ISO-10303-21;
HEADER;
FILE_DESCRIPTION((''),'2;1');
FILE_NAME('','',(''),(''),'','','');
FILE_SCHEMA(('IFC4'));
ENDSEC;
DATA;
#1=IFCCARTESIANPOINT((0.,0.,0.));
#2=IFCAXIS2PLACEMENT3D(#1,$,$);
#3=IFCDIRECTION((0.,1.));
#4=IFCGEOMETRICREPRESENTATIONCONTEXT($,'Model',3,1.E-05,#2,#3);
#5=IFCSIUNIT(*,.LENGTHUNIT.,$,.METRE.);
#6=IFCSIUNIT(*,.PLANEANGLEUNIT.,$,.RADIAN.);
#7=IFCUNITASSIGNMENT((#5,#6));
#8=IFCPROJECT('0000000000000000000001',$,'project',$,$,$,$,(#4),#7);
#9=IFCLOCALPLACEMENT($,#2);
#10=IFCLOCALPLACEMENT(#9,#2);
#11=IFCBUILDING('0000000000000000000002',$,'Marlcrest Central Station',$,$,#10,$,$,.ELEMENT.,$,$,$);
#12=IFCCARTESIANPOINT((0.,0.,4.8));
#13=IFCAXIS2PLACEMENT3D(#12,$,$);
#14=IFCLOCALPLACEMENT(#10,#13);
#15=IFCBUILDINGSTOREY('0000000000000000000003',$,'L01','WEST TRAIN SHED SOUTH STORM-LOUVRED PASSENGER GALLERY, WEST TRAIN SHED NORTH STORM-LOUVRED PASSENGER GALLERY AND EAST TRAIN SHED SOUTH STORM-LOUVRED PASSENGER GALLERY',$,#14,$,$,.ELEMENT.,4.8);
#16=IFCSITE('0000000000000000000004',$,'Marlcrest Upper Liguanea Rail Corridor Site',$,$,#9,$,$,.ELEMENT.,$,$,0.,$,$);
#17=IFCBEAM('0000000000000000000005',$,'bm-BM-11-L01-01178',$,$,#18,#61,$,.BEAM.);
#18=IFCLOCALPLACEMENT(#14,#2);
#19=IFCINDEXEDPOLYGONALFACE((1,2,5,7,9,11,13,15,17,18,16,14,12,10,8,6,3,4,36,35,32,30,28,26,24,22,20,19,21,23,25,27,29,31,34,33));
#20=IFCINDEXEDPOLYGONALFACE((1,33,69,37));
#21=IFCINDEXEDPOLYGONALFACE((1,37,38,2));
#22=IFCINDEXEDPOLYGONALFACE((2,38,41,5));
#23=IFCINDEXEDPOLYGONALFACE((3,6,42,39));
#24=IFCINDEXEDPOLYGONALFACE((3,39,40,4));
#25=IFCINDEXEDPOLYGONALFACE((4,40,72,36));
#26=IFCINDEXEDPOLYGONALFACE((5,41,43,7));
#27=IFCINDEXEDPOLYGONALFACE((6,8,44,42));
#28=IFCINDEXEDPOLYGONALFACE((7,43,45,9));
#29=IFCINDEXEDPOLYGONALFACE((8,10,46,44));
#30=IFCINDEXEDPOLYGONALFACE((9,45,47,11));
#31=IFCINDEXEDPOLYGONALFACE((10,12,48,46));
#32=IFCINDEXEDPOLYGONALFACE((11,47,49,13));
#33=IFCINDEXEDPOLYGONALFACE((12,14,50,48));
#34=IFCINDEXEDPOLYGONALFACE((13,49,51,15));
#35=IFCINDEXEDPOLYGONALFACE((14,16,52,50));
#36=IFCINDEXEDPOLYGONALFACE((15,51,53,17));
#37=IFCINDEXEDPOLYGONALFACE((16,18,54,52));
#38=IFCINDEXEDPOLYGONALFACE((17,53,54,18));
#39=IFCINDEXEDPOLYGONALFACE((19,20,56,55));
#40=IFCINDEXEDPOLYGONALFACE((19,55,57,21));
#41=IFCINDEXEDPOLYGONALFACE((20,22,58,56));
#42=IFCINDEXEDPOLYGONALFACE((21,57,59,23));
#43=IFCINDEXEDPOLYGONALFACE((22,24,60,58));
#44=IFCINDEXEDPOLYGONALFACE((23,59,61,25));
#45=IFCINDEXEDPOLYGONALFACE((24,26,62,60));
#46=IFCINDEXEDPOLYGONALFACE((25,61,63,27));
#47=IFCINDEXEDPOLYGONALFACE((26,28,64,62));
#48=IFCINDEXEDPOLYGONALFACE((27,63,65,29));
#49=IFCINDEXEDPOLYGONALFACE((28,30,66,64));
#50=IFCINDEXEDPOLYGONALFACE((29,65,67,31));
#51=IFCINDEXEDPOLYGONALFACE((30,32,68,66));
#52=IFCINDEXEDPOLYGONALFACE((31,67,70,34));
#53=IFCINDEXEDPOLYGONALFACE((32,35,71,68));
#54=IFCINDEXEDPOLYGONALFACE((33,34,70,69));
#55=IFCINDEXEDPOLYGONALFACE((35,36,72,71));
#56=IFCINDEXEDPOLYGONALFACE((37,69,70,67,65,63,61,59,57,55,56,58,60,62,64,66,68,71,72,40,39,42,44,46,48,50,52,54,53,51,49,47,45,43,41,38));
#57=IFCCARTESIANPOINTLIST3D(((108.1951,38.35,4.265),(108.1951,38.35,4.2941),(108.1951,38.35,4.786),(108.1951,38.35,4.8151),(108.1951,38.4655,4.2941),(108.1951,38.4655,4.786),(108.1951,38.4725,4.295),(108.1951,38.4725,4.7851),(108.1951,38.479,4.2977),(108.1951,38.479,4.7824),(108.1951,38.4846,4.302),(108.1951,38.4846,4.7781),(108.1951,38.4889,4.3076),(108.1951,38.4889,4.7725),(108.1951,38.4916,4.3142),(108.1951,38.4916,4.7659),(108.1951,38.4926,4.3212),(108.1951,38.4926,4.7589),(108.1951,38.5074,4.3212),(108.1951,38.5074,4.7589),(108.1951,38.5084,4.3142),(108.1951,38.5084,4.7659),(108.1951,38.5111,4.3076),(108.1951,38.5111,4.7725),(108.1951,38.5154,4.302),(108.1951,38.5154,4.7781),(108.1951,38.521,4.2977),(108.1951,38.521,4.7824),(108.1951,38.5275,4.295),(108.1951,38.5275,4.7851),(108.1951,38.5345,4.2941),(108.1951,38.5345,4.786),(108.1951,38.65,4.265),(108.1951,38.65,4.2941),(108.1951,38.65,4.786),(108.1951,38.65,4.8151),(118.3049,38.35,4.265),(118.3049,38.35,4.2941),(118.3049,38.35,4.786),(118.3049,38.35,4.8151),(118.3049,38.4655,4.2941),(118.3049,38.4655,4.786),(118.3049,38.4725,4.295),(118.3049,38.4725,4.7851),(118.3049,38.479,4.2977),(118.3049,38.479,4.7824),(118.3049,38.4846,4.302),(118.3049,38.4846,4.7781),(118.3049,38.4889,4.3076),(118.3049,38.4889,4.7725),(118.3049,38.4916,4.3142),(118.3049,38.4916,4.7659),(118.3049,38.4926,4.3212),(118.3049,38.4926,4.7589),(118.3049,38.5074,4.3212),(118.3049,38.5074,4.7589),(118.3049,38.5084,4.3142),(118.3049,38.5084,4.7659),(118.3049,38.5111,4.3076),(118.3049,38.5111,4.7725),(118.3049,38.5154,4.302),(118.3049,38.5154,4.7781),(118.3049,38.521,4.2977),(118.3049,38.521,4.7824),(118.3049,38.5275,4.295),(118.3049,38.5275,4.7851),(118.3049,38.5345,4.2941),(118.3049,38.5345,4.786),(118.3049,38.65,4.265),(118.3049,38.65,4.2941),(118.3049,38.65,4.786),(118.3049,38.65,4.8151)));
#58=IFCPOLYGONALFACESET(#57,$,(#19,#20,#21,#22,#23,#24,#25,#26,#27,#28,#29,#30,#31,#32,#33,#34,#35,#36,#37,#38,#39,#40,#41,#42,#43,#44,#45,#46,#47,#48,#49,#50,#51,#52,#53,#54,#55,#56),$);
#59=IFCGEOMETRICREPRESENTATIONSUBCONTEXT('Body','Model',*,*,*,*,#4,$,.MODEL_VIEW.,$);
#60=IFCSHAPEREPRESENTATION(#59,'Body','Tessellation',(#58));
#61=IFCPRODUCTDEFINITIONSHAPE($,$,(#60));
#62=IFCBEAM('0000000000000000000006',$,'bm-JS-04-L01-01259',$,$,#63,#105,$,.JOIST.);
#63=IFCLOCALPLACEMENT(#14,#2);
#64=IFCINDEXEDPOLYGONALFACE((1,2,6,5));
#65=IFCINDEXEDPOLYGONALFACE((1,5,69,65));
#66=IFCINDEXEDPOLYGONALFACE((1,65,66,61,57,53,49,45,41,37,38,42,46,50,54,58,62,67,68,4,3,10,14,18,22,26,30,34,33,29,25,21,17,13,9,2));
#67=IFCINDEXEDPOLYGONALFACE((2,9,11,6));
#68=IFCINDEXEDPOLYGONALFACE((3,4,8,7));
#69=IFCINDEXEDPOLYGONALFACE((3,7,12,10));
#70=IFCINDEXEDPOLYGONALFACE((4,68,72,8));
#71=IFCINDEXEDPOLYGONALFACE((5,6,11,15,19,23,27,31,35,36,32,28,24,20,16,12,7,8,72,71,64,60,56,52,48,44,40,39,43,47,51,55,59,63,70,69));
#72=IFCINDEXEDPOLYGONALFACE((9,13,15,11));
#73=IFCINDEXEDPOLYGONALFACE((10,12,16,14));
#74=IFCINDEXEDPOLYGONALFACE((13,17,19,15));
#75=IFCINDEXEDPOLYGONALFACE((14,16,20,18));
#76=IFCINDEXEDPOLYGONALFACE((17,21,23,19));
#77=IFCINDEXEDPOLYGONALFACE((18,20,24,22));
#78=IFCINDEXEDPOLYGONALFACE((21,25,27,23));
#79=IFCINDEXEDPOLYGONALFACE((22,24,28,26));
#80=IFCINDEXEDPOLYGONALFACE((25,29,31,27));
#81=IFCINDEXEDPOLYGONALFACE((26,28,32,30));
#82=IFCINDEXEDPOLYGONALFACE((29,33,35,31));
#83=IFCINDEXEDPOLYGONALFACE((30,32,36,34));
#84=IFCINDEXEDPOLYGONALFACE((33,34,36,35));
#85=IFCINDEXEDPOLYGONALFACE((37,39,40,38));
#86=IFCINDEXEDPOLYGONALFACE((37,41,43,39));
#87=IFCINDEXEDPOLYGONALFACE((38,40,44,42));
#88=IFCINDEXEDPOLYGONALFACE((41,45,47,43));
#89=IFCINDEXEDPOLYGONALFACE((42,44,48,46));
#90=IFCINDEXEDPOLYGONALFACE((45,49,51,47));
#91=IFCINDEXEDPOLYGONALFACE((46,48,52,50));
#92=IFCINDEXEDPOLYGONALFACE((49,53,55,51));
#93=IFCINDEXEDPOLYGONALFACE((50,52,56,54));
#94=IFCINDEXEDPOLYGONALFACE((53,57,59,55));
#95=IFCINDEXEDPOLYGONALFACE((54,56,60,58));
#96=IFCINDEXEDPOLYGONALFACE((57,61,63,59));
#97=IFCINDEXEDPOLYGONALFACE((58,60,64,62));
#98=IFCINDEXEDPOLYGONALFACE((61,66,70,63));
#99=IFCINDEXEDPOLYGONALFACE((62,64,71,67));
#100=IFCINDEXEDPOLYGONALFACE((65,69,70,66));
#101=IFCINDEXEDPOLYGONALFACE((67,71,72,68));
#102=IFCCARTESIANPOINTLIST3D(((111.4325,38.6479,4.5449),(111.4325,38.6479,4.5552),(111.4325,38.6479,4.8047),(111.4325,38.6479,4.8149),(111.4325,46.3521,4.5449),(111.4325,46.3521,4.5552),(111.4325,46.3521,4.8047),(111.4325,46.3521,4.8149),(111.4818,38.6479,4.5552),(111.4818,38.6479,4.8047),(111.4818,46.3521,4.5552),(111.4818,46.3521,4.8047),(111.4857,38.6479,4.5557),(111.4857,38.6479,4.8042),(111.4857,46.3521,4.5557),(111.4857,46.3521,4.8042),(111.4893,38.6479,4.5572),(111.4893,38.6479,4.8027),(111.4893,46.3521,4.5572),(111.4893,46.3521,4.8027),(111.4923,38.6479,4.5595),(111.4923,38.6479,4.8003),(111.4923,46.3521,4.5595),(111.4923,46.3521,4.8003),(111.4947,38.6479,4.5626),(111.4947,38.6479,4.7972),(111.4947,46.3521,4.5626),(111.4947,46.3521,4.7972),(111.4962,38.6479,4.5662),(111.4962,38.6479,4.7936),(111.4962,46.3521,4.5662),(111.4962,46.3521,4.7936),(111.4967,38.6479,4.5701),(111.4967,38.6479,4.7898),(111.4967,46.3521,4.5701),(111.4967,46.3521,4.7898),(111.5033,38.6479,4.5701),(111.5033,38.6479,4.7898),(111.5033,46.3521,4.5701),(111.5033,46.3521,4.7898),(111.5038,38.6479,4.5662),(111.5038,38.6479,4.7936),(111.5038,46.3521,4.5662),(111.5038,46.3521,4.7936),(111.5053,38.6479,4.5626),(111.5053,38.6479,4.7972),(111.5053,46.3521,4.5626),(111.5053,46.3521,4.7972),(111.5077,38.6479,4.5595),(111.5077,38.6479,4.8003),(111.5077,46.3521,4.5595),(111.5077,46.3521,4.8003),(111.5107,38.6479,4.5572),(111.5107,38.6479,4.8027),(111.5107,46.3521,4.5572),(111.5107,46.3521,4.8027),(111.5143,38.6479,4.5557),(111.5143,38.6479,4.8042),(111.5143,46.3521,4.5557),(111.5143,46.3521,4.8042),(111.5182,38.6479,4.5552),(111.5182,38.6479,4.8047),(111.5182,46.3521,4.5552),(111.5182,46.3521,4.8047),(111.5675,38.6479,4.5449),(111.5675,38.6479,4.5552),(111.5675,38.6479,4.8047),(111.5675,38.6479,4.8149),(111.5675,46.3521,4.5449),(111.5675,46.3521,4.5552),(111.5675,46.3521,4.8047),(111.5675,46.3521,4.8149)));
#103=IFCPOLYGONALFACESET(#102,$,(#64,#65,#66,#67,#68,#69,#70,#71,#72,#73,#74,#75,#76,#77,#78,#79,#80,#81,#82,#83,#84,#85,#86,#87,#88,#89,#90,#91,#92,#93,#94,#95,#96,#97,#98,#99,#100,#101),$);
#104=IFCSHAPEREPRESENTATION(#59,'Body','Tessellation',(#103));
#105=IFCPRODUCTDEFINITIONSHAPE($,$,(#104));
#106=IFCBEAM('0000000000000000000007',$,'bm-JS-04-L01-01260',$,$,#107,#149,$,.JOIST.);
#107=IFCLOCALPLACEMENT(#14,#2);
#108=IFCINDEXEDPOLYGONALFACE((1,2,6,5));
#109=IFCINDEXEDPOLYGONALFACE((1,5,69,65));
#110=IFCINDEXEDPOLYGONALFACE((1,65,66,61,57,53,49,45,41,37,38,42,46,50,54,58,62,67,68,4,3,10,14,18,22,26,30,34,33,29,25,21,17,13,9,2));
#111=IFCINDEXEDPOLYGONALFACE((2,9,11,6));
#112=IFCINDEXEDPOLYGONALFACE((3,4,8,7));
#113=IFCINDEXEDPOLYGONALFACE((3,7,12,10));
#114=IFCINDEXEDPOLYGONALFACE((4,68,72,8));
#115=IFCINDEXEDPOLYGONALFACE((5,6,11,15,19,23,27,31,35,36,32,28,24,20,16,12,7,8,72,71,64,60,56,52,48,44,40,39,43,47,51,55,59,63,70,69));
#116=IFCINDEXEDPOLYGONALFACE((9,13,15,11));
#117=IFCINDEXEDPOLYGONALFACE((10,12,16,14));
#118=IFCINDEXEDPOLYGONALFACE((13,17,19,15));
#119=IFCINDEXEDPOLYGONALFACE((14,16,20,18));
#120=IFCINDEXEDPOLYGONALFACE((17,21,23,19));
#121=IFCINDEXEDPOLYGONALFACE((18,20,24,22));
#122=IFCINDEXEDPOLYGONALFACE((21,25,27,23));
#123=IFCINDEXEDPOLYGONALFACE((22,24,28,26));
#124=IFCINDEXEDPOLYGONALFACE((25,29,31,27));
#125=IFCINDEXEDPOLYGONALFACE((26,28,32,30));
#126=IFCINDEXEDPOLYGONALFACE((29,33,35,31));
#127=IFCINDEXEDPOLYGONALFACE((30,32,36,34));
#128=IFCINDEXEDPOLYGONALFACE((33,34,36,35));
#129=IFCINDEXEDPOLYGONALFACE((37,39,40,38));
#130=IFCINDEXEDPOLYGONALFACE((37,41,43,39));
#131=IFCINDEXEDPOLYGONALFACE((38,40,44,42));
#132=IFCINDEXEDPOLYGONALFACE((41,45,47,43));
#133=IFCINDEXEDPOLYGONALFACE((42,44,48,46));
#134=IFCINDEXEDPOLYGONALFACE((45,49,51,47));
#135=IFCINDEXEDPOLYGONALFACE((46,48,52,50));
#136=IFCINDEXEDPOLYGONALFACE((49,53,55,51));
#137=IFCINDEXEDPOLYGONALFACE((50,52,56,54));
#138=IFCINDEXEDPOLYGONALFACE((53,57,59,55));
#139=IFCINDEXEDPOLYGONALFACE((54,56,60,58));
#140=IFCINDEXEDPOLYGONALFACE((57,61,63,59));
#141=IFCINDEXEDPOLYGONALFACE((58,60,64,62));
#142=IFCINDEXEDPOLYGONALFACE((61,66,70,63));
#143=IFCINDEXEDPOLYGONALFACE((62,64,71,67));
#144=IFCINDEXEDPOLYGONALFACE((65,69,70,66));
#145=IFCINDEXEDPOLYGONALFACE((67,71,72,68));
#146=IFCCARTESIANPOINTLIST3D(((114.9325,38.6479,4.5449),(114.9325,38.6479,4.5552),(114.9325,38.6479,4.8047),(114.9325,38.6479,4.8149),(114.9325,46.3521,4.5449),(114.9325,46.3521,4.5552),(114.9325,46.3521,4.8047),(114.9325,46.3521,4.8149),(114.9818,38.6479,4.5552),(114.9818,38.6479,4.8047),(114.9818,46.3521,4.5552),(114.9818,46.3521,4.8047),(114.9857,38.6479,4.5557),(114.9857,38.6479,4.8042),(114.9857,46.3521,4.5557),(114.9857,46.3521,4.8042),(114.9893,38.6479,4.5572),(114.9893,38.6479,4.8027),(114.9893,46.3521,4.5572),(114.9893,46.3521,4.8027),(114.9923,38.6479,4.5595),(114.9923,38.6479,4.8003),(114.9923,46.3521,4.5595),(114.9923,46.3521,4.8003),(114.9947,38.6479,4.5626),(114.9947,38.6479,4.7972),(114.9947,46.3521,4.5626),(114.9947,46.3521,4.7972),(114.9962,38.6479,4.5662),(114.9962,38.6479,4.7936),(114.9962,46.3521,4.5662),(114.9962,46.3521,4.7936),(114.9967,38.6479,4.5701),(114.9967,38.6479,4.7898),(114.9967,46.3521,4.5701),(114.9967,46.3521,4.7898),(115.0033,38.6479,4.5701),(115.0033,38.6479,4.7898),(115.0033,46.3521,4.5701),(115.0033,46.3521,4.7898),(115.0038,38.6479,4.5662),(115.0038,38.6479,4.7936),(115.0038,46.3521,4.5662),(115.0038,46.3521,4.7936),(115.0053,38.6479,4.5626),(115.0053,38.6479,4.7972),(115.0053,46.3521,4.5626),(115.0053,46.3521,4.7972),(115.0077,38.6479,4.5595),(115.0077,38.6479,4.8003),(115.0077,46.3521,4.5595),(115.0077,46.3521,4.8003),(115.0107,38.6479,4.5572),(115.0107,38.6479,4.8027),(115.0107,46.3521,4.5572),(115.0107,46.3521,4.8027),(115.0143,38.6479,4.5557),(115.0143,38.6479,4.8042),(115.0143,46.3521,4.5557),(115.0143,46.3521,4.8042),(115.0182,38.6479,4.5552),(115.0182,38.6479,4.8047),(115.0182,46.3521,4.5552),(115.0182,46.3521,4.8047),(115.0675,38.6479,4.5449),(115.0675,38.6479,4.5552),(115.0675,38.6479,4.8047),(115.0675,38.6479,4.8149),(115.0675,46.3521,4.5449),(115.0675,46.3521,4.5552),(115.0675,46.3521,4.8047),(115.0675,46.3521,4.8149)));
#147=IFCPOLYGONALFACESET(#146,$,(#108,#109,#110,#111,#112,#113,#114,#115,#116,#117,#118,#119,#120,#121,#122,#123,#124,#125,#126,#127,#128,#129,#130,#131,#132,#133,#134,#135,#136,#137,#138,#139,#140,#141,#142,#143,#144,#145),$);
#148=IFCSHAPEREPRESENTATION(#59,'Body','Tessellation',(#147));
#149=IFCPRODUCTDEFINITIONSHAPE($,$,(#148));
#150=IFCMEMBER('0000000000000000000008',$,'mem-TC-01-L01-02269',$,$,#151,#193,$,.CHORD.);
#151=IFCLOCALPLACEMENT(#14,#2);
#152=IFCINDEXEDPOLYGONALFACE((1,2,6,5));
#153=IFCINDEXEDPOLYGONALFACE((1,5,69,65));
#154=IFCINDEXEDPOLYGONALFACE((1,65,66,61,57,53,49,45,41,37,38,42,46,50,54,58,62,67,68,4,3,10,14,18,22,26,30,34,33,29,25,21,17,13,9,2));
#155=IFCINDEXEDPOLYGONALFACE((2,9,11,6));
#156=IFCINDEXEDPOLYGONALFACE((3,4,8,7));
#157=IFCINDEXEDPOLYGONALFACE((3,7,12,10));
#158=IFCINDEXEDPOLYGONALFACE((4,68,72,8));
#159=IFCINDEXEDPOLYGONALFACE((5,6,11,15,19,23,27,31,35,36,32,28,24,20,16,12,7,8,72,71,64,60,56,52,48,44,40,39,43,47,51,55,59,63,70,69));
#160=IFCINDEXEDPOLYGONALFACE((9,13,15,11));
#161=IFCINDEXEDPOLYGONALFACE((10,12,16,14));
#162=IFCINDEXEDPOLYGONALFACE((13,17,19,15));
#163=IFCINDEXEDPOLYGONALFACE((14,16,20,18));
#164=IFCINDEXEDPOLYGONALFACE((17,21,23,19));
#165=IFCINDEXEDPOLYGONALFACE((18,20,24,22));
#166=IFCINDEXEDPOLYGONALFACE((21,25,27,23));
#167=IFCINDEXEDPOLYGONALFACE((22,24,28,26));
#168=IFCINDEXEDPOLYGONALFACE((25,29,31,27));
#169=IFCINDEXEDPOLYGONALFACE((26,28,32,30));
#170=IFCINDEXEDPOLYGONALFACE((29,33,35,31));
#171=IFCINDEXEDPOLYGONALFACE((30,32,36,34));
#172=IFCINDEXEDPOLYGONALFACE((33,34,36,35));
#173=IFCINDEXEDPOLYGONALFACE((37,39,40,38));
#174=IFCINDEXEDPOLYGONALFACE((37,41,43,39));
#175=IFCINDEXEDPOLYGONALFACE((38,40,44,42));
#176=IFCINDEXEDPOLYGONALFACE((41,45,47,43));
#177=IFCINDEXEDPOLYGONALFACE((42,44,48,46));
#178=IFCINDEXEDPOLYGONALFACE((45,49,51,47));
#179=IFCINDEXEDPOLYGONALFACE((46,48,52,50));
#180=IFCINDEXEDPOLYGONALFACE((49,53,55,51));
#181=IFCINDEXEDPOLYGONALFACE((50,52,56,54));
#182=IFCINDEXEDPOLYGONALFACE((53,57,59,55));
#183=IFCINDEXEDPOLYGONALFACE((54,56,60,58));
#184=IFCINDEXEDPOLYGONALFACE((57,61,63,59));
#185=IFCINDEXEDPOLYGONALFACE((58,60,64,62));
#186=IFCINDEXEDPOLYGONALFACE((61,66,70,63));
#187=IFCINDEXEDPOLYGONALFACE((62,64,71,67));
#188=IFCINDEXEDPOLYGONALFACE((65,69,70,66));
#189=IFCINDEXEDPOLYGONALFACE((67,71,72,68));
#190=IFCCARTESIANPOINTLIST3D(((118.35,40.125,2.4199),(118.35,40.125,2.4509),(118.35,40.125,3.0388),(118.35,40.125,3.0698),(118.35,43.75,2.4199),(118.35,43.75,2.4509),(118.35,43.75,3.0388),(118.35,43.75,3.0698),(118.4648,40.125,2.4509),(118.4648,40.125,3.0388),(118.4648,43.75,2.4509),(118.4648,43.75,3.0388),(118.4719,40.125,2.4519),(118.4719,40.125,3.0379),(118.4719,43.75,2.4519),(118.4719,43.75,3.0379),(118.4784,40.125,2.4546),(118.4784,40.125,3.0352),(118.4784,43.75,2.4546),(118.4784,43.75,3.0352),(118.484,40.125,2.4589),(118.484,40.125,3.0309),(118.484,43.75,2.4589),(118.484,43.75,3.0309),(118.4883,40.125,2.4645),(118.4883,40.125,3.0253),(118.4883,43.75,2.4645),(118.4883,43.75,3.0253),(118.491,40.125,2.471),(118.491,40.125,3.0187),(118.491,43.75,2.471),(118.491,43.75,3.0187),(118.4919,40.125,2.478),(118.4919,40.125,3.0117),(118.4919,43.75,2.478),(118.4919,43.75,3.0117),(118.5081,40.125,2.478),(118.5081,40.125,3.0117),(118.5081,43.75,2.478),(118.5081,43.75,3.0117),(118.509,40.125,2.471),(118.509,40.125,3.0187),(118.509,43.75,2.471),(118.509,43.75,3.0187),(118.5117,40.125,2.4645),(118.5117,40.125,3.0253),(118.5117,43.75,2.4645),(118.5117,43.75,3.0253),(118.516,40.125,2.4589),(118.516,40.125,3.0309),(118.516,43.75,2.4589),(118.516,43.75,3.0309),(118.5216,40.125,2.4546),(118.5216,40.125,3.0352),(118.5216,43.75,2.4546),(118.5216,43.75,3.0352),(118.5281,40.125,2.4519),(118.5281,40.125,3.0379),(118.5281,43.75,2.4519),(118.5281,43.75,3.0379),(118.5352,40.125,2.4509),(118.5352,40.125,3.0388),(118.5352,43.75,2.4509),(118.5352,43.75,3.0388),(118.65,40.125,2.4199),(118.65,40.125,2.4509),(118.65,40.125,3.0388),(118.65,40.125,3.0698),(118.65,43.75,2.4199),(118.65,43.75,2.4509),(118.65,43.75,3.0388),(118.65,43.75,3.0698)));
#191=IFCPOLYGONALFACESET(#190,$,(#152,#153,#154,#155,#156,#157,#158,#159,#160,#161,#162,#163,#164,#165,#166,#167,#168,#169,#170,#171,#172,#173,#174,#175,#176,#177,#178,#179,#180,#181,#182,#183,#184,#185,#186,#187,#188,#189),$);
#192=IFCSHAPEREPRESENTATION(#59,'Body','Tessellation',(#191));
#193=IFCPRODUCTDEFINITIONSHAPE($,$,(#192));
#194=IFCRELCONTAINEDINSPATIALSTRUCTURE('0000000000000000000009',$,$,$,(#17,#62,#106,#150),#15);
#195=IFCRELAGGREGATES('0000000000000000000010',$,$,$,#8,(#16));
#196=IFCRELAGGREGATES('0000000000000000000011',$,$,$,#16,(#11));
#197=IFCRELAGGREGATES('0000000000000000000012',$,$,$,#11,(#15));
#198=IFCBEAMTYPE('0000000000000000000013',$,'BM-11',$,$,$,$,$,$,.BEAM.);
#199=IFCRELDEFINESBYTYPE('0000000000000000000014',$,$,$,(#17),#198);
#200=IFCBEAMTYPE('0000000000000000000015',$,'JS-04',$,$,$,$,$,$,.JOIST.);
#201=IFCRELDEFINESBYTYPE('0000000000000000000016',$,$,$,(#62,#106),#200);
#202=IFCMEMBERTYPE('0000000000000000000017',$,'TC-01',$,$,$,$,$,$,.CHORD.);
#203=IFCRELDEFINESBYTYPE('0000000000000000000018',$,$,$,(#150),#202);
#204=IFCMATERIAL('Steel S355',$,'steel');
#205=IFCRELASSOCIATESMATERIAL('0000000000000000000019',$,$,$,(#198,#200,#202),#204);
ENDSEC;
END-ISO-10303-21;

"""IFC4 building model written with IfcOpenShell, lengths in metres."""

from ifc_helpers import new_model, si_unit, direction, frame, origin, origin_2d, place, context, subcontext, project, spatial, i_section, extrude, material, material_profile, profile_set, type_object, element, save


model = new_model("IFC4")

# Units and contexts
model_context = context("Model", 3, precision=1e-05, world=origin(), true_north=direction((0.0, 1.0)))
body_context = subcontext(model_context, "Body", "Model", "MODEL_VIEW")
ifc_project = project(units=[si_unit("LENGTHUNIT", "METRE"), si_unit("PLANEANGLEUNIT", "RADIAN")], contexts=[model_context])

# Site, building, storey
site_placement = place(None, origin())
site = spatial("IfcSite", under=ifc_project, at=site_placement, Name="Marlcrest Upper Liguanea Rail Corridor Site", CompositionType="ELEMENT", RefElevation=0.0)
building_placement = place(site_placement, origin())
building = spatial("IfcBuilding", under=site, at=building_placement, Name="Marlcrest Central Station", CompositionType="ELEMENT")
storey_placement = place(building_placement, frame((0.0, 0.0, 4.8)))
storey = spatial("IfcBuildingStorey", under=building, at=storey_placement, Name="L01", Description="WEST TRAIN SHED SOUTH STORM-LOUVRED PASSENGER GALLERY, WEST TRAIN SHED NORTH STORM-LOUVRED PASSENGER GALLERY AND EAST TRAIN SHED SOUTH STORM-LOUVRED PASSENGER GALLERY", CompositionType="ELEMENT", Elevation=4.8)

# Beams
ifc_material = material(Name="Steel S355", Category="steel")
ifc_material_profile_1 = material_profile(ifc_material, i_section(OverallWidth=0.3, OverallDepth=0.55, WebThickness=0.0149, FlangeThickness=0.0291, FilletRadius=0.0271, at=origin_2d()), Name="HEB 550")
ifc_profile_set_1 = profile_set([ifc_material_profile_1], Name="Steel S355")
beam_type_1 = type_object("IfcBeamType", Name="BM-11", PredefinedType="BEAM", material=ifc_profile_set_1)
beam_1_placement = place(storey_placement, frame((108.1951, 38.5, 4.54), z_axis=(1.0, 0.0, 0.0), x_axis=(0.0, 1.0, 0.0)))
element("IfcBeam", 1, at=beam_1_placement, inside=storey, type_object=beam_type_1, Name="bm-BM-11-L01-01178", PredefinedType="BEAM", context=body_context, shape_type="SweptSolid", body=[
    extrude(i_section(OverallWidth=0.3, OverallDepth=0.55, WebThickness=0.0149, FlangeThickness=0.0291, FilletRadius=0.0271, at=origin_2d()), origin(), (0.0, 0.0, 1.0), 10.1099),
])
ifc_material_profile_2 = material_profile(ifc_material, i_section(OverallWidth=0.135, OverallDepth=0.27, WebThickness=0.0066, FlangeThickness=0.0103, FilletRadius=0.0149, at=origin_2d()), Name="IPE 270")
ifc_profile_set_2 = profile_set([ifc_material_profile_2], Name="Steel S355")
beam_type_2 = type_object("IfcBeamType", Name="JS-04", PredefinedType="JOIST", material=ifc_profile_set_2)
for number, where, z_axis, x_axis, name in (
    (2, (111.5, 38.6479, 4.6799), (0.0, 1.0, 0.0), (-1.0, 0.0, 0.0), "bm-JS-04-L01-01259"),
    (3, (115.0, 38.6479, 4.6799), (0.0, 1.0, 0.0), (-1.0, 0.0, 0.0), "bm-JS-04-L01-01260"),
):
    element("IfcBeam", number, at=place(storey_placement, frame(where, z_axis=z_axis, x_axis=x_axis)), inside=storey, type_object=beam_type_2, Name=name, PredefinedType="JOIST", context=body_context, shape_type="SweptSolid", body=[
        extrude(i_section(OverallWidth=0.135, OverallDepth=0.27, WebThickness=0.0066, FlangeThickness=0.0103, FilletRadius=0.0149, at=origin_2d()), origin(), (0.0, 0.0, 1.0), 7.7041),
    ])

# Member
ifc_material_profile_3 = material_profile(ifc_material, i_section(OverallWidth=0.3, OverallDepth=0.6499, WebThickness=0.0161, FlangeThickness=0.031, FilletRadius=0.0271, at=origin_2d()), Name="HEB 650")
ifc_profile_set_3 = profile_set([ifc_material_profile_3], Name="Steel S355")
member_type_1 = type_object("IfcMemberType", Name="TC-01", PredefinedType="CHORD", material=ifc_profile_set_3)
member_1_placement = place(storey_placement, frame((118.5, 40.125, 2.7449), z_axis=(0.0, 1.0, 0.0), x_axis=(-1.0, 0.0, 0.0)))
element("IfcMember", 4, at=member_1_placement, inside=storey, type_object=member_type_1, Name="mem-TC-01-L01-02269", PredefinedType="CHORD", context=body_context, shape_type="SweptSolid", body=[
    extrude(i_section(OverallWidth=0.3, OverallDepth=0.6499, WebThickness=0.0161, FlangeThickness=0.031, FilletRadius=0.0271, at=origin_2d()), origin(), (0.0, 0.0, 1.0), 3.625),
])

save(model, "model.ifc")
